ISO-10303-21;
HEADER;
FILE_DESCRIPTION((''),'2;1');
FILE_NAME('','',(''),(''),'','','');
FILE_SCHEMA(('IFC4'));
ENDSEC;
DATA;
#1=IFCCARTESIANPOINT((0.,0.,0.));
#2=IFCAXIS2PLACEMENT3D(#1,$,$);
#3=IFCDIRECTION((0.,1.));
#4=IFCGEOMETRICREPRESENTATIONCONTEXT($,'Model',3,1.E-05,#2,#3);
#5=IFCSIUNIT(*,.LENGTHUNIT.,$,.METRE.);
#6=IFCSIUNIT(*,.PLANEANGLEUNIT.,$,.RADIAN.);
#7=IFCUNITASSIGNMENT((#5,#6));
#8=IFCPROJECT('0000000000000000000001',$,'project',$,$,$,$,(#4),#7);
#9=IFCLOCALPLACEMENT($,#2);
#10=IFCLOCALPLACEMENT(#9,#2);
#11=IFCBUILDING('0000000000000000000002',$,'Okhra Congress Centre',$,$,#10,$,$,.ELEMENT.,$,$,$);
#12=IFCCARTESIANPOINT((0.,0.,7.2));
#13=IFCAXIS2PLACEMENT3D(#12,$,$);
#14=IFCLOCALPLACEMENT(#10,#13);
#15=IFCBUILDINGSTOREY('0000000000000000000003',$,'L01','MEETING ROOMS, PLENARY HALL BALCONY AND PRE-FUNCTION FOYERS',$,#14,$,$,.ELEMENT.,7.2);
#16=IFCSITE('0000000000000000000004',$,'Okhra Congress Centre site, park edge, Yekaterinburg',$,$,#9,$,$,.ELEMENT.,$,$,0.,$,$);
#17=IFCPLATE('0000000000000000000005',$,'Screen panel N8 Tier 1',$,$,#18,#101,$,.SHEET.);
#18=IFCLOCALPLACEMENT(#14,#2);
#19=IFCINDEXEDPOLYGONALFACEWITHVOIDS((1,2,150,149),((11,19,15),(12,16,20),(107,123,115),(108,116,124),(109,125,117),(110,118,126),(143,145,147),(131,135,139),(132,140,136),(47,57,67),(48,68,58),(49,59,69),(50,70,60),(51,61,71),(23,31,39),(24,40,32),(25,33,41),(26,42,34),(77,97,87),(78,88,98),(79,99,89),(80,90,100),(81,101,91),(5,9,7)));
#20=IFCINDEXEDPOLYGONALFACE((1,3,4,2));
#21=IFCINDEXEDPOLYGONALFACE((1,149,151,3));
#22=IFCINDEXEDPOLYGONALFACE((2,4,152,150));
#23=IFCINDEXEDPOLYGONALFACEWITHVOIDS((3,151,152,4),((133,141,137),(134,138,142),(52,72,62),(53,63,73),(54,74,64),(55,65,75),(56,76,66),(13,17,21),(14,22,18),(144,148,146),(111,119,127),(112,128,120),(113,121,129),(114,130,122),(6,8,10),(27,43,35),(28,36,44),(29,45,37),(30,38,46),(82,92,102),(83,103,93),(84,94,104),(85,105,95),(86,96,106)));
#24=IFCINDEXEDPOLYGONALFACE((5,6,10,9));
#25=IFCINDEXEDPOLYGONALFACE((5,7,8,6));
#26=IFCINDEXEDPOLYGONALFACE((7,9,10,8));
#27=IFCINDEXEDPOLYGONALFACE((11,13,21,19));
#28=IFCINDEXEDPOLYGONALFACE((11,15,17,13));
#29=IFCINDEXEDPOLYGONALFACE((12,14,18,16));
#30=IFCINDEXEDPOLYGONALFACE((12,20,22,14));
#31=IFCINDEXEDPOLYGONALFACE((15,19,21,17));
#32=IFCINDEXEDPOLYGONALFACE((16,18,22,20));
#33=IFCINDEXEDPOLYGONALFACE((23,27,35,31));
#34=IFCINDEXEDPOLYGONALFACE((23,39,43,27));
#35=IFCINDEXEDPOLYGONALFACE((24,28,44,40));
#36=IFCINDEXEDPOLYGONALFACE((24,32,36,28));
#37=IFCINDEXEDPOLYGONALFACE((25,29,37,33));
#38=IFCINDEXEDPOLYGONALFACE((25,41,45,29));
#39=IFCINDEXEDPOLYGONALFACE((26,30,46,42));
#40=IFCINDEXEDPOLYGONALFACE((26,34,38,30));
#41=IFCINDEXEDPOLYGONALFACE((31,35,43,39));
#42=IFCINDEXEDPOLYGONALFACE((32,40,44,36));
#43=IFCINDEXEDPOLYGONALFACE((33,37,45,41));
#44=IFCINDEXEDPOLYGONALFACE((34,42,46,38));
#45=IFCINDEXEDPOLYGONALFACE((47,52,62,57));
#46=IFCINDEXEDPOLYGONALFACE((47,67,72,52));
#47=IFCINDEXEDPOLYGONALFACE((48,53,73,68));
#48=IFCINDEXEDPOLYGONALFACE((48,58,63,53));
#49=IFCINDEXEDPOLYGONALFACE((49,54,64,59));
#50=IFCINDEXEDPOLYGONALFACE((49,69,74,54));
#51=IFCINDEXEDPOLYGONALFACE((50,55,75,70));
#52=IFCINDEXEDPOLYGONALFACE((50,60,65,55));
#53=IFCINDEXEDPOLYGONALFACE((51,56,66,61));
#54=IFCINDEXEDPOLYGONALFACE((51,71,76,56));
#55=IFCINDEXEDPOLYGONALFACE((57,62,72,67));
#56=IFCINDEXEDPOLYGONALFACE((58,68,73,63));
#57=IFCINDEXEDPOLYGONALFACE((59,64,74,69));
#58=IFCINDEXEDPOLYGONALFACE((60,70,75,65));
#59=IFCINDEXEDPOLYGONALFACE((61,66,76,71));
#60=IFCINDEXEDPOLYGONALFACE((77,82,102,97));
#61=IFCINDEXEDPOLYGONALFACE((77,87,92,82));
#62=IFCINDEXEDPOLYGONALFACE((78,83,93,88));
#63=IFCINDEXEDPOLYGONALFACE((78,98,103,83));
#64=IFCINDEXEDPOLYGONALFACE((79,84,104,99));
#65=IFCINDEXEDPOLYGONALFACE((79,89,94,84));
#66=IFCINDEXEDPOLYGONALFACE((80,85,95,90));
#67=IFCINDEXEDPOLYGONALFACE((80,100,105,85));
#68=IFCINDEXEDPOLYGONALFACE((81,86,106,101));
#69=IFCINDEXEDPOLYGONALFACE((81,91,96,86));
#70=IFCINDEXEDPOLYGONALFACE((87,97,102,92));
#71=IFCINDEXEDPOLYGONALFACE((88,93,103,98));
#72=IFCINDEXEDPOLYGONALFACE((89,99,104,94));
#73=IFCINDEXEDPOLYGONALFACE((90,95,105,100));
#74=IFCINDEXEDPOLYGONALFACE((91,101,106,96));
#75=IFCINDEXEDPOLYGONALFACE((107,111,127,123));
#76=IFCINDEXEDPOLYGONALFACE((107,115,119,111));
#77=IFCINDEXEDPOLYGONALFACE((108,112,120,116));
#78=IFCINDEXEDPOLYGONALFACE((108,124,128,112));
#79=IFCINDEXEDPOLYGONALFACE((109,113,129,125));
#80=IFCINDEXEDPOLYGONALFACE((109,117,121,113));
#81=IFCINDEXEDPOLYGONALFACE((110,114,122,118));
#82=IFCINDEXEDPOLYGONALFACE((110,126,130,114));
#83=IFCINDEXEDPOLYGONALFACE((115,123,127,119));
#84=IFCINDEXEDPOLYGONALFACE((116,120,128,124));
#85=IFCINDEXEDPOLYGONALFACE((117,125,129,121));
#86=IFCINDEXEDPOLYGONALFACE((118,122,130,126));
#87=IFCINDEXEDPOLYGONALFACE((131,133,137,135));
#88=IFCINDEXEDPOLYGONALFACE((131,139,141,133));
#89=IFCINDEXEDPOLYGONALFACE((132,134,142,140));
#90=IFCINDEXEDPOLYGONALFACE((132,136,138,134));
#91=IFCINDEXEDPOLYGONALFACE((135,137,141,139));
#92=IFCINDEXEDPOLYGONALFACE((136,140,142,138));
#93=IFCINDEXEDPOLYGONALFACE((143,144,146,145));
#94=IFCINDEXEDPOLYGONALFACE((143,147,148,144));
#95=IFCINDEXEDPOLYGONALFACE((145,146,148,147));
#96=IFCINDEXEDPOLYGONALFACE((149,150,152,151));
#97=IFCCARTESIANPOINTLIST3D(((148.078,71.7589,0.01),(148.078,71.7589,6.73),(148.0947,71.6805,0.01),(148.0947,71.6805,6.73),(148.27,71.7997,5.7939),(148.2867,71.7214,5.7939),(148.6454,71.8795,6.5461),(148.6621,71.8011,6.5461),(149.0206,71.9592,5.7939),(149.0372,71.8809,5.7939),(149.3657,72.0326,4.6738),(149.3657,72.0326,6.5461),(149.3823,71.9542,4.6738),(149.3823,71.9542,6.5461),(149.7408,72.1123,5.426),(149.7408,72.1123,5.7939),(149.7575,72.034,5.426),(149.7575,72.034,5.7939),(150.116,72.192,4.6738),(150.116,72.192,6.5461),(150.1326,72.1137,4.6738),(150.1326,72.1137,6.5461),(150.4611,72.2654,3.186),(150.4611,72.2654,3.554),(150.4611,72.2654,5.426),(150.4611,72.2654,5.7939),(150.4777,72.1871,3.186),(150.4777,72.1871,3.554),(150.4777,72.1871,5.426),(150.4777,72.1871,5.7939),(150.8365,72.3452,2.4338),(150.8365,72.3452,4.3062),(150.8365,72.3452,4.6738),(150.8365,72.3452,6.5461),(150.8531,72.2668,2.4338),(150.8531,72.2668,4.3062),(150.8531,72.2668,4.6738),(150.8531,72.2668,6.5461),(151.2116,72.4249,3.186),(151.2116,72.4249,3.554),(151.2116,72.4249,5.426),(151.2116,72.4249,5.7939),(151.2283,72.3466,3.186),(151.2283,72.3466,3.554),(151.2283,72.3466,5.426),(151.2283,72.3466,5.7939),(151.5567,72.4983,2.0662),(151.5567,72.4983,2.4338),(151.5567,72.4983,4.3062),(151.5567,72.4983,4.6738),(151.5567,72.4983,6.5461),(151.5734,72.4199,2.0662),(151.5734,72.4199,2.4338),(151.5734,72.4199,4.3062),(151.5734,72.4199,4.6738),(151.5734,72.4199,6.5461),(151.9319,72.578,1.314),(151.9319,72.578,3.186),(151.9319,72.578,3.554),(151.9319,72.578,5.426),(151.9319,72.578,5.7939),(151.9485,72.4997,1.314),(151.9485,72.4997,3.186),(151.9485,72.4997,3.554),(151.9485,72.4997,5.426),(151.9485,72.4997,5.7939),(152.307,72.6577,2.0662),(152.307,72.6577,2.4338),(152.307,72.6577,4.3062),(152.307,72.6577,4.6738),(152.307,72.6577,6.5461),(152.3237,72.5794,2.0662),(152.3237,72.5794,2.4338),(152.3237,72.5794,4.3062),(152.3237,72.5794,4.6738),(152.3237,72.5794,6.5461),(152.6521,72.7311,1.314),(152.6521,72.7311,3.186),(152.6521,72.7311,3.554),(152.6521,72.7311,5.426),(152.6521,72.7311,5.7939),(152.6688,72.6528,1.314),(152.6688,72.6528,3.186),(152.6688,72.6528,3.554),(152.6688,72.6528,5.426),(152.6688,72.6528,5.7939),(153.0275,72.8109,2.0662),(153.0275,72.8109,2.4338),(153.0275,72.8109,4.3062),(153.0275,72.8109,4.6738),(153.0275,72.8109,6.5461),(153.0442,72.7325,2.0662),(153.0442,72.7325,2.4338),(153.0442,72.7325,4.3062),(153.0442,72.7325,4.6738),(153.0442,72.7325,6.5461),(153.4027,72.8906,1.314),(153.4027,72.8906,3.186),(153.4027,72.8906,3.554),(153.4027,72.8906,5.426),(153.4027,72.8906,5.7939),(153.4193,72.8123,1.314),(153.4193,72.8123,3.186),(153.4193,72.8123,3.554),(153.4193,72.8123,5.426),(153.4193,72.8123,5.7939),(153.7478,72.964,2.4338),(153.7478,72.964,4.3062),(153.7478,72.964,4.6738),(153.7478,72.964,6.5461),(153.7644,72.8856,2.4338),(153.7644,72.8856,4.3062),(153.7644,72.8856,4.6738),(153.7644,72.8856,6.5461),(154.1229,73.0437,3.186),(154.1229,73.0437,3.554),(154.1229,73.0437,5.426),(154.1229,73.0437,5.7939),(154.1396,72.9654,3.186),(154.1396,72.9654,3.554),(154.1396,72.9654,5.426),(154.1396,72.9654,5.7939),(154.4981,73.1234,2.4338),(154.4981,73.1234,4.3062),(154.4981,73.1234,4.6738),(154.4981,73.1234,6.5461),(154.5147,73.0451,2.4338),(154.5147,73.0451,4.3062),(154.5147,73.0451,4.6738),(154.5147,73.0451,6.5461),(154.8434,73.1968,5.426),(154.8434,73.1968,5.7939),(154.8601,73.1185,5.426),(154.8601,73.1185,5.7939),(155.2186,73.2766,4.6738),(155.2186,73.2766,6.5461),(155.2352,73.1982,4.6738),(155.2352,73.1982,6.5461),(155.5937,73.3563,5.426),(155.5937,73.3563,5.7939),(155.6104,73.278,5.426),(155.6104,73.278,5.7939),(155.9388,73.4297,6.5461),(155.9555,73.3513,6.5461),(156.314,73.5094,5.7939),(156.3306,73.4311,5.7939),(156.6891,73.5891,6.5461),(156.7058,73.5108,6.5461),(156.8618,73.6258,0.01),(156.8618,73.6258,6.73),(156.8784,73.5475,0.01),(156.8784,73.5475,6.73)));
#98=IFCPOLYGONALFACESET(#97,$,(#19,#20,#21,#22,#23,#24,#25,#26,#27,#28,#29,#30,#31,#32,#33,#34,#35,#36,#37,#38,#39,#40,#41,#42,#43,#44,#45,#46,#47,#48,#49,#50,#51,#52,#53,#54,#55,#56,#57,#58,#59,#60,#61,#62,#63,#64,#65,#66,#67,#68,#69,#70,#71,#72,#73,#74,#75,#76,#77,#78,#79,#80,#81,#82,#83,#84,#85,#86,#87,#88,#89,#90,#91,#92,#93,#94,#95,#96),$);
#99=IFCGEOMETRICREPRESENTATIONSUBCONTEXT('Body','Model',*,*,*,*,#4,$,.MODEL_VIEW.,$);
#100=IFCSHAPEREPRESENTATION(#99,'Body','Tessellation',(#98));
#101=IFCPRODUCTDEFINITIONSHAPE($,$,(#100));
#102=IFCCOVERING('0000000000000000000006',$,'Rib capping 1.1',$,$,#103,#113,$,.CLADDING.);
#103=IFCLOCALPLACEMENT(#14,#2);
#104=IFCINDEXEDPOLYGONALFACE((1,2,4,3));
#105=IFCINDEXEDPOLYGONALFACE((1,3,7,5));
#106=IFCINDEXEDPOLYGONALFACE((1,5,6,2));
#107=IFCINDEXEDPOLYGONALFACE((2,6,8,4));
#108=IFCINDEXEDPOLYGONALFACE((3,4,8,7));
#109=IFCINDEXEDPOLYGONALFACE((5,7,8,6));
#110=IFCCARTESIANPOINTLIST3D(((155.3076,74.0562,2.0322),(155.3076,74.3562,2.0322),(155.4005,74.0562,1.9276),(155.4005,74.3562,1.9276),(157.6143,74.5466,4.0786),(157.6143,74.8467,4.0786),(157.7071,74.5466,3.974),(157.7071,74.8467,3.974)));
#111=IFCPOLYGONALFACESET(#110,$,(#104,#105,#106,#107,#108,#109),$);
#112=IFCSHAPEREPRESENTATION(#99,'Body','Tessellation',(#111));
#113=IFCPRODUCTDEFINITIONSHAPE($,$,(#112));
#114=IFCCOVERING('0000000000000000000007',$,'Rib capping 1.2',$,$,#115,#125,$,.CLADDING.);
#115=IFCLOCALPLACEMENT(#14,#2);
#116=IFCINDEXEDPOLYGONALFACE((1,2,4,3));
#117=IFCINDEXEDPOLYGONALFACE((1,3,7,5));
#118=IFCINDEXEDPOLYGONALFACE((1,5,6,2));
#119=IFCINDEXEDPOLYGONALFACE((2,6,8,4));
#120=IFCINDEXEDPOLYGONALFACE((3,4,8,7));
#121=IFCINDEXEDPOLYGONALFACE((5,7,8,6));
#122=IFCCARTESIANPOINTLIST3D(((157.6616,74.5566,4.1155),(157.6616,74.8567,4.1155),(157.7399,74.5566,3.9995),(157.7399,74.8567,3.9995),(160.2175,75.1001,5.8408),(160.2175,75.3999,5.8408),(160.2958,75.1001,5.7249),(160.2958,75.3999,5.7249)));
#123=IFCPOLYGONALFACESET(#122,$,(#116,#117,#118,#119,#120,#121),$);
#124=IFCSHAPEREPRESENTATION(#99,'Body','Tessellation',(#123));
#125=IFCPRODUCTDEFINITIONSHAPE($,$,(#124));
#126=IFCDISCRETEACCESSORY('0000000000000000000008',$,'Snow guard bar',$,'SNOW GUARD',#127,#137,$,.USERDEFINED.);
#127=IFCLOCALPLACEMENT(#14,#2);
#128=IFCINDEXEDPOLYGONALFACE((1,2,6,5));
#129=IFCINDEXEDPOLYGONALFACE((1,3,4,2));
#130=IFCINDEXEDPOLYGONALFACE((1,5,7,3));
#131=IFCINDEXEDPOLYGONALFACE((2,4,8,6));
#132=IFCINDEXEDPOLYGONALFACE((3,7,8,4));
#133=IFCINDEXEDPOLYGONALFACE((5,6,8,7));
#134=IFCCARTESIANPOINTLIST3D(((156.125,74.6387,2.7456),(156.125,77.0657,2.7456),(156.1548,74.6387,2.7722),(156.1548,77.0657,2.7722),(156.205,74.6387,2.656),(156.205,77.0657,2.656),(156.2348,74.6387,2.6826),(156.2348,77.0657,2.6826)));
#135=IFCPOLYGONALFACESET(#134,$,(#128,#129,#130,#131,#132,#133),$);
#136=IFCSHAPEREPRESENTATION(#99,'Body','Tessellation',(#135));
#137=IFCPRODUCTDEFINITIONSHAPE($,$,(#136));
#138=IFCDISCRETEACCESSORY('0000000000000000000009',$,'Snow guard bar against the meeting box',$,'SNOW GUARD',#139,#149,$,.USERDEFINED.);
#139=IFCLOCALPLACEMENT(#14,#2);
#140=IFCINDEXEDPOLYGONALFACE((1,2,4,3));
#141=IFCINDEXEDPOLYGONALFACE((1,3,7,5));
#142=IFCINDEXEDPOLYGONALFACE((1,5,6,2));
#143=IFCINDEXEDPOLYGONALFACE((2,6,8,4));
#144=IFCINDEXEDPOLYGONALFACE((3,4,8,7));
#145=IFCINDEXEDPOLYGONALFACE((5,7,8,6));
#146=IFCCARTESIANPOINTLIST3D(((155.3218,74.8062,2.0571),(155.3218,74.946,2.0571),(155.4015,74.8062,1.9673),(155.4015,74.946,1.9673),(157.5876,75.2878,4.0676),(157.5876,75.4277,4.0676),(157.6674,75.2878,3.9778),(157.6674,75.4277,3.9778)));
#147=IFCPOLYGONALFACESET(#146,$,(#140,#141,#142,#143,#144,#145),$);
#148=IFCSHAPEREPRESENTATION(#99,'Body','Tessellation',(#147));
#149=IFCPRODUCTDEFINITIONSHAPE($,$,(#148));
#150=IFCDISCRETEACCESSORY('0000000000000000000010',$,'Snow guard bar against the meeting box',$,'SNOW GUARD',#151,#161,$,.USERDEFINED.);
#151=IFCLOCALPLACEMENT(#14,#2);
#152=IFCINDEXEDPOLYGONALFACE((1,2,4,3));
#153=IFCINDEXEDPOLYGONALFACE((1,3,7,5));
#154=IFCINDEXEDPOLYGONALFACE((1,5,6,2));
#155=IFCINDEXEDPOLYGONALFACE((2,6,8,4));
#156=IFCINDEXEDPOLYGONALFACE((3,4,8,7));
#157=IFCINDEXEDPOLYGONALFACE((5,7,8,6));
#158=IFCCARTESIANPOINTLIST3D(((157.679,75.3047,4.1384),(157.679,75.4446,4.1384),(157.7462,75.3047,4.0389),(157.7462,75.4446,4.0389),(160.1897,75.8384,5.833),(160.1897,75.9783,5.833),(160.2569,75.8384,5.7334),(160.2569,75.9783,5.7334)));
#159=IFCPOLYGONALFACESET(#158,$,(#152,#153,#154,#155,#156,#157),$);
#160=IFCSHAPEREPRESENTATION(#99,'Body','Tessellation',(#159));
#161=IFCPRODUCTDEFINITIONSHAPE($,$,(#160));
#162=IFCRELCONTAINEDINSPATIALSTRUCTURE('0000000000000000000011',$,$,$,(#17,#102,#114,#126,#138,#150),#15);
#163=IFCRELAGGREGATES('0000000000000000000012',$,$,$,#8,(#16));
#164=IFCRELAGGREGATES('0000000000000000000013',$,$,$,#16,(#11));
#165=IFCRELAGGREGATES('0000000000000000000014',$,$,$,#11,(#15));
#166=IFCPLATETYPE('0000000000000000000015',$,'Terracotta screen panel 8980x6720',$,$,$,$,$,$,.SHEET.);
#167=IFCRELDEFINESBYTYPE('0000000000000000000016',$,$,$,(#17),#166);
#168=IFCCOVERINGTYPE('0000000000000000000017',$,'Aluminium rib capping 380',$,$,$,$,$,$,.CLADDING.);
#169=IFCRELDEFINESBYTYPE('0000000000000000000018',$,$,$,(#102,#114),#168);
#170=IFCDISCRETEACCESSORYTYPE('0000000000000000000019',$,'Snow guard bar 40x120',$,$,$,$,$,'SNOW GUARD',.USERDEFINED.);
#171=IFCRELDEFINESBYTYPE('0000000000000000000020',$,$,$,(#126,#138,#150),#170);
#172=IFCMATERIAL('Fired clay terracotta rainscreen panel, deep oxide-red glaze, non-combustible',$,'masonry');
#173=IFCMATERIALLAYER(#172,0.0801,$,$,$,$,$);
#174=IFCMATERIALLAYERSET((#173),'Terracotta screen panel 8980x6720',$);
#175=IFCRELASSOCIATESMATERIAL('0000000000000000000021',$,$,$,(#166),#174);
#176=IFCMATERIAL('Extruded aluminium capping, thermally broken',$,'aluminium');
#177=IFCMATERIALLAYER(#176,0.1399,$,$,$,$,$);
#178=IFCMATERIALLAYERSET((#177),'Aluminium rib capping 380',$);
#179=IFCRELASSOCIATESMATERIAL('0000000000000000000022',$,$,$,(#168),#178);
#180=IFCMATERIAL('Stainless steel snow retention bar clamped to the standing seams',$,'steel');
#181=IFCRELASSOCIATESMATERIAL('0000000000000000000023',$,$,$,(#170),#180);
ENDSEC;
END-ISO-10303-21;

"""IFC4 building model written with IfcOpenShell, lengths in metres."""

from ifc_helpers import new_model, si_unit, direction, frame, origin, place, context, subcontext, project, spatial, polyline, outline, extrude, material, layer, layer_set, type_object, element, save


model = new_model("IFC4")

# Units and contexts
model_context = context("Model", 3, precision=1e-05, world=origin(), true_north=direction((0.0, 1.0)))
body_context = subcontext(model_context, "Body", "Model", "MODEL_VIEW")
ifc_project = project(units=[si_unit("LENGTHUNIT", "METRE"), si_unit("PLANEANGLEUNIT", "RADIAN")], contexts=[model_context])

# Site, building, storey
site_placement = place(None, origin())
site = spatial("IfcSite", under=ifc_project, at=site_placement, Name="Okhra Congress Centre site, park edge, Yekaterinburg", CompositionType="ELEMENT", RefElevation=0.0)
building_placement = place(site_placement, origin())
building = spatial("IfcBuilding", under=site, at=building_placement, Name="Okhra Congress Centre", CompositionType="ELEMENT")
storey_placement = place(building_placement, frame((0.0, 0.0, 7.2)))
storey = spatial("IfcBuildingStorey", under=building, at=storey_placement, Name="L01", Description="MEETING ROOMS, PLENARY HALL BALCONY AND PRE-FUNCTION FOYERS", CompositionType="ELEMENT", Elevation=7.2)

# Plate
ifc_material_1 = material(Name="Fired clay terracotta rainscreen panel, deep oxide-red glaze, non-combustible", Category="masonry")
ifc_layer_1 = layer(ifc_material_1, 0.0801)
ifc_layer_set_1 = layer_set([ifc_layer_1], Name="Terracotta screen panel 8980x6720")
plate_type_1 = type_object("IfcPlateType", Name="Terracotta screen panel 8980x6720", PredefinedType="SHEET", material=ifc_layer_set_1)
plate_1_placement = place(storey_placement, frame((156.8701, 73.5867, 0.01), z_axis=(0.0, 0.0, 1.0), x_axis=(-0.97815, -0.207902, 0.0)))
element("IfcPlate", 1, at=plate_1_placement, inside=storey, type_object=plate_type_1, Name="Screen panel N8 Tier 1", PredefinedType="SHEET", context=body_context, shape_type="SweptSolid", body=[
    extrude(outline(polyline([(0.0, 0.0), (8.98, 0.0), (8.98, 6.72), (0.0, 6.72), (0.0, 0.0)]), holes=[polyline([(3.5364, 1.304), (4.3037, 1.304), (3.9199, 2.0562), (3.5364, 1.304)]), polyline([(4.6565, 2.0562), (5.04, 1.304), (5.4236, 2.0562), (4.6565, 2.0562)]), polyline([(2.4165, 2.4238), (3.1836, 2.4238), (2.8, 3.176), (2.4165, 2.4238)]), polyline([(3.5364, 3.176), (3.9199, 2.4238), (4.3037, 3.176), (3.5364, 3.176)]), polyline([(4.6565, 2.4238), (5.4236, 2.4238), (5.04, 3.176), (4.6565, 2.4238)]), polyline([(5.7764, 3.176), (6.1599, 2.4238), (6.5437, 3.176), (5.7764, 3.176)]), polyline([(2.4165, 4.2961), (2.8, 3.5439), (3.1836, 4.2961), (2.4165, 4.2961)]), polyline([(3.5364, 3.5439), (4.3037, 3.5439), (3.9199, 4.2961), (3.5364, 3.5439)]), polyline([(4.6565, 4.2961), (5.04, 3.5439), (5.4236, 4.2961), (4.6565, 4.2961)]), polyline([(5.7764, 3.5439), (6.5437, 3.5439), (6.1599, 4.2961), (5.7764, 3.5439)]), polyline([(1.2964, 5.416), (1.6799, 4.6638), (2.0635, 5.416), (1.2964, 5.416)]), polyline([(2.4165, 4.6638), (3.1836, 4.6638), (2.8, 5.416), (2.4165, 4.6638)]), polyline([(3.5364, 5.416), (3.9199, 4.6638), (4.3037, 5.416), (3.5364, 5.416)]), polyline([(4.6565, 4.6638), (5.4236, 4.6638), (5.04, 5.416), (4.6565, 4.6638)]), polyline([(5.7764, 5.416), (6.1599, 4.6638), (6.5437, 5.416), (5.7764, 5.416)]), polyline([(6.8965, 4.6638), (7.6636, 4.6638), (7.28, 5.416), (6.8965, 4.6638)]), polyline([(0.1765, 6.5361), (0.5601, 5.7839), (0.9436, 6.5361), (0.1765, 6.5361)]), polyline([(1.2964, 5.7839), (2.0635, 5.7839), (1.6799, 6.5361), (1.2964, 5.7839)]), polyline([(2.4165, 6.5361), (2.8, 5.7839), (3.1836, 6.5361), (2.4165, 6.5361)]), polyline([(3.5364, 5.7839), (4.3037, 5.7839), (3.9199, 6.5361), (3.5364, 5.7839)]), polyline([(4.6565, 6.5361), (5.04, 5.7839), (5.4236, 6.5361), (4.6565, 6.5361)]), polyline([(5.7764, 5.7839), (6.5437, 5.7839), (6.1599, 6.5361), (5.7764, 5.7839)]), polyline([(6.8965, 6.5361), (7.28, 5.7839), (7.6636, 6.5361), (6.8965, 6.5361)]), polyline([(8.0164, 5.7839), (8.7837, 5.7839), (8.3999, 6.5361), (8.0164, 5.7839)])]), frame((0.0, 0.04, 0.0), z_axis=(0.0, -1.0, 0.0), x_axis=(1.0, 0.0, 0.0)), (0.0, 0.0, 1.0), 0.0801),
])

# Coverings
ifc_material_2 = material(Name="Extruded aluminium capping, thermally broken", Category="aluminium")
ifc_layer_2 = layer(ifc_material_2, 0.1399)
ifc_layer_set_2 = layer_set([ifc_layer_2], Name="Aluminium rib capping 380")
covering_type = type_object("IfcCoveringType", Name="Aluminium rib capping 380", PredefinedType="CLADDING", material=ifc_layer_set_2)
covering_1_placement = place(storey_placement, frame((155.3076, 74.0562, 2.0322), z_axis=(-0.663646, 0.0, 0.748047), x_axis=(0.738759, 0.157088, 0.655407)))
element("IfcCovering", 2, at=covering_1_placement, inside=storey, type_object=covering_type, Name="Rib capping 1.1", PredefinedType="CLADDING", context=body_context, shape_type="SweptSolid", body=[
    extrude(outline(polyline([(0.0, 0.0), (3.1223, 0.0), (3.1695, 0.2963), (0.0471, 0.2963), (0.0, 0.0)])), origin(), (0.0, 0.0, -1.0), 0.1399),
])
covering_2_placement = place(storey_placement, frame((157.6616, 74.5566, 4.1155), z_axis=(-0.559496, 0.0, 0.828833), x_axis=(0.816254, 0.173558, 0.551005)))
element("IfcCovering", 3, at=covering_2_placement, inside=storey, type_object=covering_type, Name="Rib capping 1.2", PredefinedType="CLADDING", context=body_context, shape_type="SweptSolid", body=[
    extrude(outline(polyline([(0.0, 0.0), (3.1313, 0.0), (3.1833, 0.2953), (0.0521, 0.2955), (0.0, 0.0)])), origin(), (0.0, 0.0, -1.0), 0.1399),
])

# Discrete accessories
ifc_material_3 = material(Name="Stainless steel snow retention bar clamped to the standing seams", Category="steel")
discrete_accessory_type = type_object("IfcDiscreteAccessoryType", Name="Snow guard bar 40x120", ElementType="SNOW GUARD", PredefinedType="USERDEFINED", material=ifc_material_3)
discrete_accessory_1_placement = place(storey_placement, frame((156.125, 74.6387, 2.7456), z_axis=(-0.666259, 0.0, 0.745721), x_axis=(0.745721, 0.0, 0.666259)))
element("IfcDiscreteAccessory", 4, at=discrete_accessory_1_placement, inside=storey, type_object=discrete_accessory_type, Name="Snow guard bar", ObjectType="SNOW GUARD", PredefinedType="USERDEFINED", context=body_context, shape_type="SweptSolid", body=[
    extrude(outline(polyline([(0.0, 0.0), (0.0399, 0.0), (0.0399, 2.427), (0.0, 2.427), (0.0, 0.0)])), origin(), (0.0, 0.0, -1.0), 0.1201),
])
discrete_accessory_2_placement = place(storey_placement, frame((155.3218, 74.8062, 2.0571), z_axis=(-0.663698, 0.0, 0.748), x_axis=(0.738719, 0.157041, 0.655463)))
element("IfcDiscreteAccessory", 5, at=discrete_accessory_2_placement, inside=storey, type_object=discrete_accessory_type, Name="Snow guard bar against the meeting box", ObjectType="SNOW GUARD", PredefinedType="USERDEFINED", context=body_context, shape_type="SweptSolid", body=[
    extrude(outline(polyline([(0.0, 0.0), (3.0673, 0.0), (3.0893, 0.1382), (0.022, 0.1382), (0.0, 0.0)])), origin(), (0.0, 0.0, -1.0), 0.1201),
])
discrete_accessory_3_placement = place(storey_placement, frame((157.679, 75.3047, 4.1384), z_axis=(-0.559434, 0.0, 0.828875), x_axis=(0.816302, 0.173516, 0.550948)))
element("IfcDiscreteAccessory", 6, at=discrete_accessory_3_placement, inside=storey, type_object=discrete_accessory_type, Name="Snow guard bar against the meeting box", ObjectType="SNOW GUARD", PredefinedType="USERDEFINED", context=body_context, shape_type="SweptSolid", body=[
    extrude(outline(polyline([(0.0, 0.0), (3.0758, 0.0), (3.1, 0.1378), (0.0243, 0.1378), (0.0, 0.0)])), origin(), (0.0, 0.0, -1.0), 0.1201),
])

save(model, "model.ifc")
